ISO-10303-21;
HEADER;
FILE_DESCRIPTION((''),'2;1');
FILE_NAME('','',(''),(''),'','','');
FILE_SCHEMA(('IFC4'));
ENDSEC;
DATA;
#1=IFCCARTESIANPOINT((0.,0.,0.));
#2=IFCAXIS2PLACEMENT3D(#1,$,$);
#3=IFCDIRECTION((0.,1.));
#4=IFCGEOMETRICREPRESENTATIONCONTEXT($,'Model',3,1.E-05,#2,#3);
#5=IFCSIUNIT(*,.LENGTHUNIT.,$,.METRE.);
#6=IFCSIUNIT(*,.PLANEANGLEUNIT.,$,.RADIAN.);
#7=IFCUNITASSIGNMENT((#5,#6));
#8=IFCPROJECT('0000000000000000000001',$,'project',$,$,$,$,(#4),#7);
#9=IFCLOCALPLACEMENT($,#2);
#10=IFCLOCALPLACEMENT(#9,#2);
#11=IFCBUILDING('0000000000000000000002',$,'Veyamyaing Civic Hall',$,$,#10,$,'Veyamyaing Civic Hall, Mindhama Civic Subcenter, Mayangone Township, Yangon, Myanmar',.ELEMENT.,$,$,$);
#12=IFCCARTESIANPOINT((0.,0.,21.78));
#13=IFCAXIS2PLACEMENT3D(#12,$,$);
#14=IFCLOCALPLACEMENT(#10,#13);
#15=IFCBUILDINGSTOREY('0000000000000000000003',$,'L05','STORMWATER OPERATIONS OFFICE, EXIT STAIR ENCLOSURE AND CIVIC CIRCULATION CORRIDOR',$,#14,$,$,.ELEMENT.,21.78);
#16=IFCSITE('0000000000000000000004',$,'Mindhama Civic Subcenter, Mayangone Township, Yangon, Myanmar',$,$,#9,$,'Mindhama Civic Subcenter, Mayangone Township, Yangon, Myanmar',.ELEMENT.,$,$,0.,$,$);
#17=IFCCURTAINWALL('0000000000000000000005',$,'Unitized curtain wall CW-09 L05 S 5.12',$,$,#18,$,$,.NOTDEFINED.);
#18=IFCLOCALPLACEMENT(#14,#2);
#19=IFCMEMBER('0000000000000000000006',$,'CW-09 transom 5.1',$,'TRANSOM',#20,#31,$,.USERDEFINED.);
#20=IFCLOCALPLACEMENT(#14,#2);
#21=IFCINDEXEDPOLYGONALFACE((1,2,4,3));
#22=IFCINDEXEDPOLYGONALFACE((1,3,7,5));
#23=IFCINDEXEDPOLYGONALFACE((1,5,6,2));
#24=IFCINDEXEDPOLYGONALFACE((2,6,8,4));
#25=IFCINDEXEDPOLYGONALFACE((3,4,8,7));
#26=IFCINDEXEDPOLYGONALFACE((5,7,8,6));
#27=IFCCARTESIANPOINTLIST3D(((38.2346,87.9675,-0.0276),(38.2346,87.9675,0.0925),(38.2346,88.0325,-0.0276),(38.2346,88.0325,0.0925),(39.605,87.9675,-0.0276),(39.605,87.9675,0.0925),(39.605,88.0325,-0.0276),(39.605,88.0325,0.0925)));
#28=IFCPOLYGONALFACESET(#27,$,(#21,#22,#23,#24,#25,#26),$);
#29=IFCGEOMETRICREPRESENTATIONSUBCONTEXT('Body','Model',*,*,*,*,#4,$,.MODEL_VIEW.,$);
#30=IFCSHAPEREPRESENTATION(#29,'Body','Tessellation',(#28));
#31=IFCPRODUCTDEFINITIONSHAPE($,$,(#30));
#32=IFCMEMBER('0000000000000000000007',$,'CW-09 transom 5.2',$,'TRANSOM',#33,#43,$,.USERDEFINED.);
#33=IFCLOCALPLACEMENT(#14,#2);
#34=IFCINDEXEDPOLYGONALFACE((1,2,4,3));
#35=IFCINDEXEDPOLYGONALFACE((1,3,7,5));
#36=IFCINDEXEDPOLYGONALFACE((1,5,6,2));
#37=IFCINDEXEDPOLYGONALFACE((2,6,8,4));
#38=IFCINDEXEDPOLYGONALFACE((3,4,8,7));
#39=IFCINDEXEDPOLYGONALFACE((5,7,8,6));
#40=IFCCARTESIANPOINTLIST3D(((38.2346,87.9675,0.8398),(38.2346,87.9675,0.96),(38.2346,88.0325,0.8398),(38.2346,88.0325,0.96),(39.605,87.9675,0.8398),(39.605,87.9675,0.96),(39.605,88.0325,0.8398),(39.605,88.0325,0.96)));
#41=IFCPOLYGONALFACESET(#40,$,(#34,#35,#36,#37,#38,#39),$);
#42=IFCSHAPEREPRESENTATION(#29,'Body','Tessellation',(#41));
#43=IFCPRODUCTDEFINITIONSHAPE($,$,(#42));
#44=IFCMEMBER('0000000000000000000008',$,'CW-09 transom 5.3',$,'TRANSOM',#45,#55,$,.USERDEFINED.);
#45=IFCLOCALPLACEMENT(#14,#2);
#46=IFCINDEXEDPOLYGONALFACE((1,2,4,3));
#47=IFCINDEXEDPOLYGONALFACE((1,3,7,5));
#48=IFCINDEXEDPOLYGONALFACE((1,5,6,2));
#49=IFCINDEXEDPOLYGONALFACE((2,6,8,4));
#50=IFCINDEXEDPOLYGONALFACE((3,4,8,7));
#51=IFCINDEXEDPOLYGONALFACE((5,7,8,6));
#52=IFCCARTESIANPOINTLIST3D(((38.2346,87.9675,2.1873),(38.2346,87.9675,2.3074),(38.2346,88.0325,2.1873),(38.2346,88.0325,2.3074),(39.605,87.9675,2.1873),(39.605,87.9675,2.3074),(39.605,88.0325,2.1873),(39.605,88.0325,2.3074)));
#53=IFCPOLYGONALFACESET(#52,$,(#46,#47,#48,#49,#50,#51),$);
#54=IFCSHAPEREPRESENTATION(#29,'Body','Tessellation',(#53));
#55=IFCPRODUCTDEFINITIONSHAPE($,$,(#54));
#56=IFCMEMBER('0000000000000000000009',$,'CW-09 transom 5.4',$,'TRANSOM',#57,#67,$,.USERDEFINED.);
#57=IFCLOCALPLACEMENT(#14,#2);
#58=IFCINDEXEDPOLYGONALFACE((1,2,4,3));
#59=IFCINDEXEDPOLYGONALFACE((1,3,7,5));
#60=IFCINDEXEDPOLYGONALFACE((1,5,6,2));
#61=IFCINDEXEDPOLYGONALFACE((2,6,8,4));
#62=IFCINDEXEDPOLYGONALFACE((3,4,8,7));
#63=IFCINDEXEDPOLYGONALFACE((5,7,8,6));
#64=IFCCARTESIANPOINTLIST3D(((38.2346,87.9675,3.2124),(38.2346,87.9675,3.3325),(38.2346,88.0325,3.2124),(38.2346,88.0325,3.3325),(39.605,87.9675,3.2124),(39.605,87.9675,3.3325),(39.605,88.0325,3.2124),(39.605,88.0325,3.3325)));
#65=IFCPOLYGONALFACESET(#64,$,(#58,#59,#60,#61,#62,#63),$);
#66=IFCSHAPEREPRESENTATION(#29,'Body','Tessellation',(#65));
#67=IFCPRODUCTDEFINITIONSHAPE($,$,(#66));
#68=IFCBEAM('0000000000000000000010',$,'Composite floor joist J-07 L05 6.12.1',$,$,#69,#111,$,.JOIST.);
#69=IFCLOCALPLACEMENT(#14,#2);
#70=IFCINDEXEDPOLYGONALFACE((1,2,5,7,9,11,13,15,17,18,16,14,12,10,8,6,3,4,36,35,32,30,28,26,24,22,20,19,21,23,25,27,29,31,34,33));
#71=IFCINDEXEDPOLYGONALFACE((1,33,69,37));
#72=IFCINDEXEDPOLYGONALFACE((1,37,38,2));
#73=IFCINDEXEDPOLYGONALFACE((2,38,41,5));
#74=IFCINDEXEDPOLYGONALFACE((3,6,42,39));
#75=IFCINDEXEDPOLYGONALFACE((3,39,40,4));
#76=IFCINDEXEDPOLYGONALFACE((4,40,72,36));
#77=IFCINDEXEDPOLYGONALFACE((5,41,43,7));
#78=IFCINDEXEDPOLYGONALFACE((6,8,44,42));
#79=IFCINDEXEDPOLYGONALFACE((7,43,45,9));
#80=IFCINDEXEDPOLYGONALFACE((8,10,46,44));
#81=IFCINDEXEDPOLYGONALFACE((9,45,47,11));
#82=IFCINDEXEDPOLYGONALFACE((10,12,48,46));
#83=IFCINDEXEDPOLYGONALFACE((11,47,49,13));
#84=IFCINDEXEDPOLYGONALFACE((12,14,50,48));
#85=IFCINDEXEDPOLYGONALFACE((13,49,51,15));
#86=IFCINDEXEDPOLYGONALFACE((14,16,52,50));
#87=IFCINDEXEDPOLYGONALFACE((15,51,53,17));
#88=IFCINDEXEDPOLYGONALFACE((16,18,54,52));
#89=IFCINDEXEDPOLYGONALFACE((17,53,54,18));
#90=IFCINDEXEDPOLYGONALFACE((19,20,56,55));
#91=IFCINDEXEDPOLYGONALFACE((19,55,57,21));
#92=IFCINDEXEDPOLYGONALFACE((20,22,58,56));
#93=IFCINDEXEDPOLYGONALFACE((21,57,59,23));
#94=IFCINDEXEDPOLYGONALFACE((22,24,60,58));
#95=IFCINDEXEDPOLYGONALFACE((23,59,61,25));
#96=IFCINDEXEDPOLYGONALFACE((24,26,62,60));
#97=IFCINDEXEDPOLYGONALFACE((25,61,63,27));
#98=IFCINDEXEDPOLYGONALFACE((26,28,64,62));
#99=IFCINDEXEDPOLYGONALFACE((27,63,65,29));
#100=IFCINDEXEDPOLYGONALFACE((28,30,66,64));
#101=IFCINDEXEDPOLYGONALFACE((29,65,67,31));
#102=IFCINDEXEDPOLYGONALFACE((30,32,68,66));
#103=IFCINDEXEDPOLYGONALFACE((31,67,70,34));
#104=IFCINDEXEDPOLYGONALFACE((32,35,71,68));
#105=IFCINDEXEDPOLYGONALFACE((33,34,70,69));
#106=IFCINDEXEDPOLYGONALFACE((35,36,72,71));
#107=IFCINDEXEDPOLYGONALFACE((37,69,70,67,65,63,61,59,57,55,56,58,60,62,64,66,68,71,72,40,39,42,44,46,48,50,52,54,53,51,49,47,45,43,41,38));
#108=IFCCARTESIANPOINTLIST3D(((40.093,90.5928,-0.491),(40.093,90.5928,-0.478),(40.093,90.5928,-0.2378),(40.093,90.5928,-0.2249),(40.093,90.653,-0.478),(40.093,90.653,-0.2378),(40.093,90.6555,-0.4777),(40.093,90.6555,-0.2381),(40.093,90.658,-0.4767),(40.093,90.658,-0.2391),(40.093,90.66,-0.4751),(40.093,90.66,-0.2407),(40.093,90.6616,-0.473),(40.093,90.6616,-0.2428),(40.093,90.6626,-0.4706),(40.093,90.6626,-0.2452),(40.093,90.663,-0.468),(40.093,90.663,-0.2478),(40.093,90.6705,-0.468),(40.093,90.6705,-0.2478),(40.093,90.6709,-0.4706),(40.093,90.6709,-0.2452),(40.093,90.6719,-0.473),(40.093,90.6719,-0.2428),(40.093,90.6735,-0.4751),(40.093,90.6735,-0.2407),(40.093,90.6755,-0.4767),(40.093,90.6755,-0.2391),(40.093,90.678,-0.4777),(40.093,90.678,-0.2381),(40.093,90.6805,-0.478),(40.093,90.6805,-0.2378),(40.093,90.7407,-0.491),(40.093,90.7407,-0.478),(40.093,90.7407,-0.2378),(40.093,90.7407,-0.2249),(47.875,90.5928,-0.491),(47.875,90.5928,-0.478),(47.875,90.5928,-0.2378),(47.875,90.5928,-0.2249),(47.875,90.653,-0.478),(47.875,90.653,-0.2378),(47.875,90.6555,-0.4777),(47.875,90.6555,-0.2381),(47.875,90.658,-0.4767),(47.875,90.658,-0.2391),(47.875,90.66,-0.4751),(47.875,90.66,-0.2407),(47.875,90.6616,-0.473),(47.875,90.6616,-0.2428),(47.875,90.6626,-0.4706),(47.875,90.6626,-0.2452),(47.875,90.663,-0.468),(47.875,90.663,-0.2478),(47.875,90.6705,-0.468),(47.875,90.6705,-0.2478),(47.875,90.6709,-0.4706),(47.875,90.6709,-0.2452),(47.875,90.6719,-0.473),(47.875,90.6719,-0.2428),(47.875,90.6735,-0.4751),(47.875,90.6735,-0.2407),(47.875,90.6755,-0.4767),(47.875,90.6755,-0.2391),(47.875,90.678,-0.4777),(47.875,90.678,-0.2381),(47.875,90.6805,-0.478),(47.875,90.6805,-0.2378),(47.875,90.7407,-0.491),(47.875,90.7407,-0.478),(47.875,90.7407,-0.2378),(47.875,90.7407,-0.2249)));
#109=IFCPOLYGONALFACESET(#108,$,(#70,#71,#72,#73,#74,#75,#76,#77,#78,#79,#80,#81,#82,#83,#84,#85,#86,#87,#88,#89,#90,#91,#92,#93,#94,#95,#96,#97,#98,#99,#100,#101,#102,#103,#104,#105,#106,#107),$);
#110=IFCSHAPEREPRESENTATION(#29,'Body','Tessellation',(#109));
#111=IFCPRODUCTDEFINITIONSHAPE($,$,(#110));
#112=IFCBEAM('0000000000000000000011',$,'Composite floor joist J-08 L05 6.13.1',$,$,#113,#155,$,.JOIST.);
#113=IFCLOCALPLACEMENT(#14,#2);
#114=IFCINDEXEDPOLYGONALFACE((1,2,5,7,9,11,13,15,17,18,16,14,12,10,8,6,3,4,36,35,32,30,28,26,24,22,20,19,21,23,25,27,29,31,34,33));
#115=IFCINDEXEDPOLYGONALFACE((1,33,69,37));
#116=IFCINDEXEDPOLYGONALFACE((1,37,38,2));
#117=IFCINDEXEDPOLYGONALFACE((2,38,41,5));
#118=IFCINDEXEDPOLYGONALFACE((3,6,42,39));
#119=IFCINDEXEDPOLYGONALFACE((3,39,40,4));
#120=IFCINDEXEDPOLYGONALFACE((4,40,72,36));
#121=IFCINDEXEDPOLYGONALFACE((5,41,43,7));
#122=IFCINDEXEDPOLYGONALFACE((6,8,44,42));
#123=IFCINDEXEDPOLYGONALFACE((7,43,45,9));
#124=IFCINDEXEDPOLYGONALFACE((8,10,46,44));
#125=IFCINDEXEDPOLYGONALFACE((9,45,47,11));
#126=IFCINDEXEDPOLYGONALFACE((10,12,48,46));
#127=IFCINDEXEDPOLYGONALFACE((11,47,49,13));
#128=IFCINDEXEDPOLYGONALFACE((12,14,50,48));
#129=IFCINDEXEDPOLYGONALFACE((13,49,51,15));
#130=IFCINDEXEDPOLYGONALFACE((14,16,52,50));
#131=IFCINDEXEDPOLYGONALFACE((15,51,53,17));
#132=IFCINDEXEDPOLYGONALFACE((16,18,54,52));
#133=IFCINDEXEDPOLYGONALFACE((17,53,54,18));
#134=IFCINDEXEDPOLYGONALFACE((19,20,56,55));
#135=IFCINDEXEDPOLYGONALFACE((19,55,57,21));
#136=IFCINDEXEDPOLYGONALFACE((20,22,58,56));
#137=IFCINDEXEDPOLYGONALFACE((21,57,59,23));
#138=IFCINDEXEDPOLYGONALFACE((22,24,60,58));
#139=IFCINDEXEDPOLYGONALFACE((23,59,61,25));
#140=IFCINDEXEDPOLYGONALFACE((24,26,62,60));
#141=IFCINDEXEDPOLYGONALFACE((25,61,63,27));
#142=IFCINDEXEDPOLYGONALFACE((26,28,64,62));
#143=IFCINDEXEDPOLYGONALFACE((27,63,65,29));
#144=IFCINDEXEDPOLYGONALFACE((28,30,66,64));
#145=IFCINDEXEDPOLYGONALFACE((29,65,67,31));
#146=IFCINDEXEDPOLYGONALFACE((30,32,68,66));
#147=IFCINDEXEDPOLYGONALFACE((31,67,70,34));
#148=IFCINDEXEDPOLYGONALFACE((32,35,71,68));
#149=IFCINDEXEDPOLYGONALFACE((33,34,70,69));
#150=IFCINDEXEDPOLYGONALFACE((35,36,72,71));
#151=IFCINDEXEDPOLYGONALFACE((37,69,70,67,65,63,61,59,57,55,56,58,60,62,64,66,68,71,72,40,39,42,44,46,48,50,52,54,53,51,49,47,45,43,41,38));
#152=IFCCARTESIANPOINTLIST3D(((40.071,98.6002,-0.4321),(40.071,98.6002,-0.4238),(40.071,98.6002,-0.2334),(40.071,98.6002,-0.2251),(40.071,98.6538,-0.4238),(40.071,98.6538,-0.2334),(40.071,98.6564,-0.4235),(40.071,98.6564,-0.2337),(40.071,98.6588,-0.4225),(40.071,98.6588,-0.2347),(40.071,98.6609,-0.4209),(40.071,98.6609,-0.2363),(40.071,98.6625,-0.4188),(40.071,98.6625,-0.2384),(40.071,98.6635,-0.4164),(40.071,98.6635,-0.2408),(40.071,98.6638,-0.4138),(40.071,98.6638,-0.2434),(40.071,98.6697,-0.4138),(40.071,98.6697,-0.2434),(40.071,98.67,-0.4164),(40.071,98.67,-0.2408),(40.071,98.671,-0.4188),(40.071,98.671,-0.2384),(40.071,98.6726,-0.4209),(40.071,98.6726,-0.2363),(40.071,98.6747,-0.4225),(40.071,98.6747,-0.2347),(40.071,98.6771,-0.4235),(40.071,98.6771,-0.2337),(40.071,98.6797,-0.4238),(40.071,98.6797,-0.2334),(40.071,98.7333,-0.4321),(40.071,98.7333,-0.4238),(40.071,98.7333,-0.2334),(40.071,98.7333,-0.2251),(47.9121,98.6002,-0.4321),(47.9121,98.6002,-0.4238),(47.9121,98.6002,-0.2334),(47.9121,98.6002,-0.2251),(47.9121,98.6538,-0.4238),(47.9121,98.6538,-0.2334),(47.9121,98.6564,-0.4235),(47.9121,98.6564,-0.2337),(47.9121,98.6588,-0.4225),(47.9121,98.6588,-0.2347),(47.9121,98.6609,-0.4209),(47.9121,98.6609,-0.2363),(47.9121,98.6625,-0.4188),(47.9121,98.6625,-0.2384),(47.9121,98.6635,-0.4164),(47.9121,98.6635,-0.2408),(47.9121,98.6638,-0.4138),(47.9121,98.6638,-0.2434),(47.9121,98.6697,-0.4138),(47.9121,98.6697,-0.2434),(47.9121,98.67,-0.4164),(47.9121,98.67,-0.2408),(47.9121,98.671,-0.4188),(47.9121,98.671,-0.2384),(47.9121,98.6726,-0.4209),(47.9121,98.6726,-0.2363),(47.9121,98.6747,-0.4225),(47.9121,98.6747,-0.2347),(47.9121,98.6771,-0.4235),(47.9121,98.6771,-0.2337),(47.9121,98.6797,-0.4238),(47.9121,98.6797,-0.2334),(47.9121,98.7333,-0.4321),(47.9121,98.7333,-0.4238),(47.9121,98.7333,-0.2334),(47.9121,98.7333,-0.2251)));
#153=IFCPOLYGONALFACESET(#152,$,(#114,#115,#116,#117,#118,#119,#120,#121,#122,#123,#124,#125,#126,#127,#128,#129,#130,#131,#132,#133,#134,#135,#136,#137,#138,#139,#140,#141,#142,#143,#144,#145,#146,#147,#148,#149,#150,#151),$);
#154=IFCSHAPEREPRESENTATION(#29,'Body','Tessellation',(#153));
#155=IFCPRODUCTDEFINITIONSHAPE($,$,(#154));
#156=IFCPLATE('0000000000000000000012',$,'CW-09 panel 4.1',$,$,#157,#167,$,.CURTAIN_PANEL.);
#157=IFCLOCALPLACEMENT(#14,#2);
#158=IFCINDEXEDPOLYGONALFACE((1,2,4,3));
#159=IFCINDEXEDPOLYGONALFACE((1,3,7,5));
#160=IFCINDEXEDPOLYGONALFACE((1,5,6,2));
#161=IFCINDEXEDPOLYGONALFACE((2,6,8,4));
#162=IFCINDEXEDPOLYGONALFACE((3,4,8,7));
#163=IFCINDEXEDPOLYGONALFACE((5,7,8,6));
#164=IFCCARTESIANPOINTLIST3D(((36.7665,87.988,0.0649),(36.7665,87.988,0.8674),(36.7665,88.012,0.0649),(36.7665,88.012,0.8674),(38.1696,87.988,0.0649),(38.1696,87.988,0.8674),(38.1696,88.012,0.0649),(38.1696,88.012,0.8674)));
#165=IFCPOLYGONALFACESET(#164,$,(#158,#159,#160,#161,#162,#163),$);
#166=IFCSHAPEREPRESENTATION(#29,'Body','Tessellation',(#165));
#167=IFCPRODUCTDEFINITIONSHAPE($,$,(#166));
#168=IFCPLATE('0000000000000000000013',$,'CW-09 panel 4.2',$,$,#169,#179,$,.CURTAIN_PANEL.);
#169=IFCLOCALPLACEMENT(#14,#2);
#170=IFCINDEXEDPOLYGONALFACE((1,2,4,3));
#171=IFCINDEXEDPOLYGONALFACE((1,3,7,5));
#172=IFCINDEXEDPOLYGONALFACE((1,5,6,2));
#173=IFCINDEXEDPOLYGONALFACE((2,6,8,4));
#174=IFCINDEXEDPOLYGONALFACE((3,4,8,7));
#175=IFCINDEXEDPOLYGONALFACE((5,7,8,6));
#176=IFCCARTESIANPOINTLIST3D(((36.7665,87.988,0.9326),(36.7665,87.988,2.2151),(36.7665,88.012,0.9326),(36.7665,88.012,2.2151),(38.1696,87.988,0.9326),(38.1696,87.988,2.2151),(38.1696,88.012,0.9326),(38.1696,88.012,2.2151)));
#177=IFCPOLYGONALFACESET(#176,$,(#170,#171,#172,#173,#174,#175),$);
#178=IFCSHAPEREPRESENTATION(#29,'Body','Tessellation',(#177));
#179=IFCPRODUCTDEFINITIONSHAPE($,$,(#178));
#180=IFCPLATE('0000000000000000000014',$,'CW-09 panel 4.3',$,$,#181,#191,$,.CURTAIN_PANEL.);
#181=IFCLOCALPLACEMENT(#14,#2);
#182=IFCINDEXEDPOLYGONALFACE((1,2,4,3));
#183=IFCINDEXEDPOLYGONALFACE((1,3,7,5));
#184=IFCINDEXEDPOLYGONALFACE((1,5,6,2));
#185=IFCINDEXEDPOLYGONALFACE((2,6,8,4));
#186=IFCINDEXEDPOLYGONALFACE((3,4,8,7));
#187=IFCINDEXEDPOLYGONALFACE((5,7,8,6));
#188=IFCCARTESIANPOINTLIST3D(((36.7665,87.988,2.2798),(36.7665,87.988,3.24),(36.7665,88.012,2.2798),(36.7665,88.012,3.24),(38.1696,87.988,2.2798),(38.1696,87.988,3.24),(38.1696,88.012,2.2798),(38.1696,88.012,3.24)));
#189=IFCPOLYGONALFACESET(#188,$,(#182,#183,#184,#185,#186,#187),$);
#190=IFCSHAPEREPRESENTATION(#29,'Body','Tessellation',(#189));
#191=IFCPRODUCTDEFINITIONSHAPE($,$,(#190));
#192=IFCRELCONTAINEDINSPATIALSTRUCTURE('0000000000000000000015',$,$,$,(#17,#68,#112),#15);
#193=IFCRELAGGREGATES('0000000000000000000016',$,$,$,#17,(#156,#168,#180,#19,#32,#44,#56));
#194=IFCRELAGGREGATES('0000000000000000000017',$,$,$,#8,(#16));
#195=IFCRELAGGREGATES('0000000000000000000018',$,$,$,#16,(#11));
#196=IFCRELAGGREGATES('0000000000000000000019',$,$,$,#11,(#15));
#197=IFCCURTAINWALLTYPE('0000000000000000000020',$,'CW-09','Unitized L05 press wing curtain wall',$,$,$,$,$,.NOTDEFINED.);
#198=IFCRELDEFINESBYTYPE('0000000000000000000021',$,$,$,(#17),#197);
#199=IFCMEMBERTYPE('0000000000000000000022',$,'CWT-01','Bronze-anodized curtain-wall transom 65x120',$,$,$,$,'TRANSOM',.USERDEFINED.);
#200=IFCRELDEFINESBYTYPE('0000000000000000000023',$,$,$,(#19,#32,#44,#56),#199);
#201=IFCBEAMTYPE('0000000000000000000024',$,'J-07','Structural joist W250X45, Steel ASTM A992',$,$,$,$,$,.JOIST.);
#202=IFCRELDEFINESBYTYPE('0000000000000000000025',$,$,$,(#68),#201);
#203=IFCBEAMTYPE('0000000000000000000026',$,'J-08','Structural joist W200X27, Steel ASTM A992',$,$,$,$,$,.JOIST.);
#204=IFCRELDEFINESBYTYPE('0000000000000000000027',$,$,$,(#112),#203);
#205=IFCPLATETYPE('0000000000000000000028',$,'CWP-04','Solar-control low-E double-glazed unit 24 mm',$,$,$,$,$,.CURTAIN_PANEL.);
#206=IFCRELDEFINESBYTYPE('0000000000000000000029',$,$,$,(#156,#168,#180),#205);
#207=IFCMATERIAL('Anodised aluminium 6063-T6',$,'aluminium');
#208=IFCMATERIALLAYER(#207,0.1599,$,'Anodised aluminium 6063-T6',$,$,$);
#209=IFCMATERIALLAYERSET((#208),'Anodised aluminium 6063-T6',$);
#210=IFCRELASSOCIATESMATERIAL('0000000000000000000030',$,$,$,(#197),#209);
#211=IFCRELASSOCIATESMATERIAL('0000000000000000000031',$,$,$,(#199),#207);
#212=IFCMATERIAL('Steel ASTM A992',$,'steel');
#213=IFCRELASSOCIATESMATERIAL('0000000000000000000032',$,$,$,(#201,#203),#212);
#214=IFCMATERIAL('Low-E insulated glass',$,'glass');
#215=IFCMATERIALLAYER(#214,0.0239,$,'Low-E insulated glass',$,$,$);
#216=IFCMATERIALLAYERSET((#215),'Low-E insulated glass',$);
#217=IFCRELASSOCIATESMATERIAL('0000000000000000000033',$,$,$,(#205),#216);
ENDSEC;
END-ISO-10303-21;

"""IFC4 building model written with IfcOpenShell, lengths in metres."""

from ifc_helpers import new_model, si_unit, direction, frame, origin, origin_2d, place, context, subcontext, project, spatial, rectangle, i_section, extrude, material, layer, layer_set, material_profile, profile_set, type_object, element, aggregate, save


model = new_model("IFC4")

# Units and contexts
model_context = context("Model", 3, precision=1e-05, world=origin(), true_north=direction((0.0, 1.0)))
body_context = subcontext(model_context, "Body", "Model", "MODEL_VIEW")
ifc_project = project(units=[si_unit("LENGTHUNIT", "METRE"), si_unit("PLANEANGLEUNIT", "RADIAN")], contexts=[model_context])

# Site, building, storey
site_placement = place(None, origin())
site = spatial("IfcSite", under=ifc_project, at=site_placement, Name="Mindhama Civic Subcenter, Mayangone Township, Yangon, Myanmar", LongName="Mindhama Civic Subcenter, Mayangone Township, Yangon, Myanmar", CompositionType="ELEMENT", RefElevation=0.0)
building_placement = place(site_placement, origin())
building = spatial("IfcBuilding", under=site, at=building_placement, Name="Veyamyaing Civic Hall", LongName="Veyamyaing Civic Hall, Mindhama Civic Subcenter, Mayangone Township, Yangon, Myanmar", CompositionType="ELEMENT")
storey_placement = place(building_placement, frame((0.0, 0.0, 21.78)))
storey = spatial("IfcBuildingStorey", under=building, at=storey_placement, Name="L05", Description="STORMWATER OPERATIONS OFFICE, EXIT STAIR ENCLOSURE AND CIVIC CIRCULATION CORRIDOR", CompositionType="ELEMENT", Elevation=21.78)

# Shared definitions
ifc_material_1 = material(Name="Steel ASTM A992", Category="steel")

# Curtain wall, members
ifc_material_2 = material(Name="Anodised aluminium 6063-T6", Category="aluminium")
ifc_layer_1 = layer(ifc_material_2, 0.1599, Name="Anodised aluminium 6063-T6")
ifc_layer_set_1 = layer_set([ifc_layer_1], Name="Anodised aluminium 6063-T6")
curtain_wall_type = type_object("IfcCurtainWallType", Name="CW-09", Description="Unitized L05 press wing curtain wall", PredefinedType="NOTDEFINED", material=ifc_layer_set_1)
curtain_wall_placement = place(storey_placement, origin())
curtain_wall = element("IfcCurtainWall", 1, at=curtain_wall_placement, inside=storey, type_object=curtain_wall_type, Name="Unitized curtain wall CW-09 L05 S 5.12", PredefinedType="NOTDEFINED")
ifc_material_profile_1 = material_profile(ifc_material_2, rectangle(XDim=0.0649, YDim=0.1201, at=origin_2d()), Name="ALU-TRN-65X120")
ifc_profile_set_1 = profile_set([ifc_material_profile_1], Name="Anodised aluminium 6063-T6")
member_type_1 = type_object("IfcMemberType", Name="CWT-01", Description="Bronze-anodized curtain-wall transom 65x120", ElementType="TRANSOM", PredefinedType="USERDEFINED", material=ifc_profile_set_1)
member_1_placement = place(storey_placement, frame((38.2346, 88.0, 0.0325), z_axis=(1.0, 0.0, 0.0), x_axis=(0.0, 1.0, 0.0)))
member_1 = element("IfcMember", 2, at=member_1_placement, type_object=member_type_1, Name="CW-09 transom 5.1", ObjectType="TRANSOM", PredefinedType="USERDEFINED", context=body_context, shape_type="SweptSolid", body=[
    extrude(rectangle(XDim=0.0649, YDim=0.1201, at=origin_2d()), origin(), (0.0, 0.0, 1.0), 1.3704),
])
member_2_placement = place(storey_placement, frame((38.2346, 88.0, 0.8999), z_axis=(1.0, 0.0, 0.0), x_axis=(0.0, 1.0, 0.0)))
member_2 = element("IfcMember", 3, at=member_2_placement, type_object=member_type_1, Name="CW-09 transom 5.2", ObjectType="TRANSOM", PredefinedType="USERDEFINED", context=body_context, shape_type="SweptSolid", body=[
    extrude(rectangle(XDim=0.0649, YDim=0.1201, at=origin_2d()), origin(), (0.0, 0.0, 1.0), 1.3704),
])
member_3_placement = place(storey_placement, frame((38.2346, 88.0, 2.2473), z_axis=(1.0, 0.0, 0.0), x_axis=(0.0, 1.0, 0.0)))
member_3 = element("IfcMember", 4, at=member_3_placement, type_object=member_type_1, Name="CW-09 transom 5.3", ObjectType="TRANSOM", PredefinedType="USERDEFINED", context=body_context, shape_type="SweptSolid", body=[
    extrude(rectangle(XDim=0.0649, YDim=0.1201, at=origin_2d()), origin(), (0.0, 0.0, 1.0), 1.3704),
])
member_4_placement = place(storey_placement, frame((38.2346, 88.0, 3.2725), z_axis=(1.0, 0.0, 0.0), x_axis=(0.0, 1.0, 0.0)))
member_4 = element("IfcMember", 5, at=member_4_placement, type_object=member_type_1, Name="CW-09 transom 5.4", ObjectType="TRANSOM", PredefinedType="USERDEFINED", context=body_context, shape_type="SweptSolid", body=[
    extrude(rectangle(XDim=0.0649, YDim=0.1201, at=origin_2d()), origin(), (0.0, 0.0, 1.0), 1.3704),
])

# Beams
ifc_material_profile_2 = material_profile(ifc_material_1, i_section(OverallWidth=0.1479, OverallDepth=0.2661, WebThickness=0.0076, FlangeThickness=0.0129, FilletRadius=0.01, at=origin_2d()), Name="W250X45")
ifc_profile_set_2 = profile_set([ifc_material_profile_2], Name="Steel ASTM A992")
beam_type_1 = type_object("IfcBeamType", Name="J-07", Description="Structural joist W250X45, Steel ASTM A992", PredefinedType="JOIST", material=ifc_profile_set_2)
beam_1_placement = place(storey_placement, frame((40.093, 90.6667, -0.3579), z_axis=(1.0, 0.0, 0.0), x_axis=(0.0, 1.0, 0.0)))
element("IfcBeam", 6, at=beam_1_placement, inside=storey, type_object=beam_type_1, Name="Composite floor joist J-07 L05 6.12.1", PredefinedType="JOIST", context=body_context, shape_type="SweptSolid", body=[
    extrude(i_section(OverallWidth=0.1479, OverallDepth=0.2661, WebThickness=0.0076, FlangeThickness=0.0129, FilletRadius=0.01, at=origin_2d()), origin(), (0.0, 0.0, 1.0), 7.782),
])
ifc_material_profile_3 = material_profile(ifc_material_1, i_section(OverallWidth=0.1331, OverallDepth=0.207, WebThickness=0.0059, FlangeThickness=0.0083, FilletRadius=0.01, at=origin_2d()), Name="W200X27")
ifc_profile_set_3 = profile_set([ifc_material_profile_3], Name="Steel ASTM A992")
beam_type_2 = type_object("IfcBeamType", Name="J-08", Description="Structural joist W200X27, Steel ASTM A992", PredefinedType="JOIST", material=ifc_profile_set_3)
beam_2_placement = place(storey_placement, frame((40.071, 98.6667, -0.3286), z_axis=(1.0, 0.0, 0.0), x_axis=(0.0, 1.0, 0.0)))
element("IfcBeam", 7, at=beam_2_placement, inside=storey, type_object=beam_type_2, Name="Composite floor joist J-08 L05 6.13.1", PredefinedType="JOIST", context=body_context, shape_type="SweptSolid", body=[
    extrude(i_section(OverallWidth=0.1331, OverallDepth=0.207, WebThickness=0.0059, FlangeThickness=0.0083, FilletRadius=0.01, at=origin_2d()), origin(), (0.0, 0.0, 1.0), 7.8411),
])

# Plates
ifc_material_3 = material(Name="Low-E insulated glass", Category="glass")
ifc_layer_2 = layer(ifc_material_3, 0.0239, Name="Low-E insulated glass")
ifc_layer_set_2 = layer_set([ifc_layer_2], Name="Low-E insulated glass")
plate_type = type_object("IfcPlateType", Name="CWP-04", Description="Solar-control low-E double-glazed unit 24 mm", PredefinedType="CURTAIN_PANEL", material=ifc_layer_set_2)
plate_1_placement = place(storey_placement, frame((37.468, 88.0, 0.0649), z_axis=(0.0, 0.0, 1.0), x_axis=(1.0, 0.0, 0.0)))
plate_1 = element("IfcPlate", 8, at=plate_1_placement, type_object=plate_type, Name="CW-09 panel 4.1", PredefinedType="CURTAIN_PANEL", context=body_context, shape_type="SweptSolid", body=[
    extrude(rectangle(XDim=1.4031, YDim=0.0239, at=origin_2d()), origin(), (0.0, 0.0, 1.0), 0.8025),
])
plate_2_placement = place(storey_placement, frame((37.468, 88.0, 0.9326), z_axis=(0.0, 0.0, 1.0), x_axis=(1.0, 0.0, 0.0)))
plate_2 = element("IfcPlate", 9, at=plate_2_placement, type_object=plate_type, Name="CW-09 panel 4.2", PredefinedType="CURTAIN_PANEL", context=body_context, shape_type="SweptSolid", body=[
    extrude(rectangle(XDim=1.4031, YDim=0.0239, at=origin_2d()), origin(), (0.0, 0.0, 1.0), 1.2825),
])
plate_3_placement = place(storey_placement, frame((37.468, 88.0, 2.2798), z_axis=(0.0, 0.0, 1.0), x_axis=(1.0, 0.0, 0.0)))
plate_3 = element("IfcPlate", 10, at=plate_3_placement, type_object=plate_type, Name="CW-09 panel 4.3", PredefinedType="CURTAIN_PANEL", context=body_context, shape_type="SweptSolid", body=[
    extrude(rectangle(XDim=1.4031, YDim=0.0239, at=origin_2d()), origin(), (0.0, 0.0, 1.0), 0.9602),
])
aggregate(curtain_wall, [plate_1, plate_2, plate_3, member_1, member_2, member_3, member_4])

save(model, "model.ifc")
